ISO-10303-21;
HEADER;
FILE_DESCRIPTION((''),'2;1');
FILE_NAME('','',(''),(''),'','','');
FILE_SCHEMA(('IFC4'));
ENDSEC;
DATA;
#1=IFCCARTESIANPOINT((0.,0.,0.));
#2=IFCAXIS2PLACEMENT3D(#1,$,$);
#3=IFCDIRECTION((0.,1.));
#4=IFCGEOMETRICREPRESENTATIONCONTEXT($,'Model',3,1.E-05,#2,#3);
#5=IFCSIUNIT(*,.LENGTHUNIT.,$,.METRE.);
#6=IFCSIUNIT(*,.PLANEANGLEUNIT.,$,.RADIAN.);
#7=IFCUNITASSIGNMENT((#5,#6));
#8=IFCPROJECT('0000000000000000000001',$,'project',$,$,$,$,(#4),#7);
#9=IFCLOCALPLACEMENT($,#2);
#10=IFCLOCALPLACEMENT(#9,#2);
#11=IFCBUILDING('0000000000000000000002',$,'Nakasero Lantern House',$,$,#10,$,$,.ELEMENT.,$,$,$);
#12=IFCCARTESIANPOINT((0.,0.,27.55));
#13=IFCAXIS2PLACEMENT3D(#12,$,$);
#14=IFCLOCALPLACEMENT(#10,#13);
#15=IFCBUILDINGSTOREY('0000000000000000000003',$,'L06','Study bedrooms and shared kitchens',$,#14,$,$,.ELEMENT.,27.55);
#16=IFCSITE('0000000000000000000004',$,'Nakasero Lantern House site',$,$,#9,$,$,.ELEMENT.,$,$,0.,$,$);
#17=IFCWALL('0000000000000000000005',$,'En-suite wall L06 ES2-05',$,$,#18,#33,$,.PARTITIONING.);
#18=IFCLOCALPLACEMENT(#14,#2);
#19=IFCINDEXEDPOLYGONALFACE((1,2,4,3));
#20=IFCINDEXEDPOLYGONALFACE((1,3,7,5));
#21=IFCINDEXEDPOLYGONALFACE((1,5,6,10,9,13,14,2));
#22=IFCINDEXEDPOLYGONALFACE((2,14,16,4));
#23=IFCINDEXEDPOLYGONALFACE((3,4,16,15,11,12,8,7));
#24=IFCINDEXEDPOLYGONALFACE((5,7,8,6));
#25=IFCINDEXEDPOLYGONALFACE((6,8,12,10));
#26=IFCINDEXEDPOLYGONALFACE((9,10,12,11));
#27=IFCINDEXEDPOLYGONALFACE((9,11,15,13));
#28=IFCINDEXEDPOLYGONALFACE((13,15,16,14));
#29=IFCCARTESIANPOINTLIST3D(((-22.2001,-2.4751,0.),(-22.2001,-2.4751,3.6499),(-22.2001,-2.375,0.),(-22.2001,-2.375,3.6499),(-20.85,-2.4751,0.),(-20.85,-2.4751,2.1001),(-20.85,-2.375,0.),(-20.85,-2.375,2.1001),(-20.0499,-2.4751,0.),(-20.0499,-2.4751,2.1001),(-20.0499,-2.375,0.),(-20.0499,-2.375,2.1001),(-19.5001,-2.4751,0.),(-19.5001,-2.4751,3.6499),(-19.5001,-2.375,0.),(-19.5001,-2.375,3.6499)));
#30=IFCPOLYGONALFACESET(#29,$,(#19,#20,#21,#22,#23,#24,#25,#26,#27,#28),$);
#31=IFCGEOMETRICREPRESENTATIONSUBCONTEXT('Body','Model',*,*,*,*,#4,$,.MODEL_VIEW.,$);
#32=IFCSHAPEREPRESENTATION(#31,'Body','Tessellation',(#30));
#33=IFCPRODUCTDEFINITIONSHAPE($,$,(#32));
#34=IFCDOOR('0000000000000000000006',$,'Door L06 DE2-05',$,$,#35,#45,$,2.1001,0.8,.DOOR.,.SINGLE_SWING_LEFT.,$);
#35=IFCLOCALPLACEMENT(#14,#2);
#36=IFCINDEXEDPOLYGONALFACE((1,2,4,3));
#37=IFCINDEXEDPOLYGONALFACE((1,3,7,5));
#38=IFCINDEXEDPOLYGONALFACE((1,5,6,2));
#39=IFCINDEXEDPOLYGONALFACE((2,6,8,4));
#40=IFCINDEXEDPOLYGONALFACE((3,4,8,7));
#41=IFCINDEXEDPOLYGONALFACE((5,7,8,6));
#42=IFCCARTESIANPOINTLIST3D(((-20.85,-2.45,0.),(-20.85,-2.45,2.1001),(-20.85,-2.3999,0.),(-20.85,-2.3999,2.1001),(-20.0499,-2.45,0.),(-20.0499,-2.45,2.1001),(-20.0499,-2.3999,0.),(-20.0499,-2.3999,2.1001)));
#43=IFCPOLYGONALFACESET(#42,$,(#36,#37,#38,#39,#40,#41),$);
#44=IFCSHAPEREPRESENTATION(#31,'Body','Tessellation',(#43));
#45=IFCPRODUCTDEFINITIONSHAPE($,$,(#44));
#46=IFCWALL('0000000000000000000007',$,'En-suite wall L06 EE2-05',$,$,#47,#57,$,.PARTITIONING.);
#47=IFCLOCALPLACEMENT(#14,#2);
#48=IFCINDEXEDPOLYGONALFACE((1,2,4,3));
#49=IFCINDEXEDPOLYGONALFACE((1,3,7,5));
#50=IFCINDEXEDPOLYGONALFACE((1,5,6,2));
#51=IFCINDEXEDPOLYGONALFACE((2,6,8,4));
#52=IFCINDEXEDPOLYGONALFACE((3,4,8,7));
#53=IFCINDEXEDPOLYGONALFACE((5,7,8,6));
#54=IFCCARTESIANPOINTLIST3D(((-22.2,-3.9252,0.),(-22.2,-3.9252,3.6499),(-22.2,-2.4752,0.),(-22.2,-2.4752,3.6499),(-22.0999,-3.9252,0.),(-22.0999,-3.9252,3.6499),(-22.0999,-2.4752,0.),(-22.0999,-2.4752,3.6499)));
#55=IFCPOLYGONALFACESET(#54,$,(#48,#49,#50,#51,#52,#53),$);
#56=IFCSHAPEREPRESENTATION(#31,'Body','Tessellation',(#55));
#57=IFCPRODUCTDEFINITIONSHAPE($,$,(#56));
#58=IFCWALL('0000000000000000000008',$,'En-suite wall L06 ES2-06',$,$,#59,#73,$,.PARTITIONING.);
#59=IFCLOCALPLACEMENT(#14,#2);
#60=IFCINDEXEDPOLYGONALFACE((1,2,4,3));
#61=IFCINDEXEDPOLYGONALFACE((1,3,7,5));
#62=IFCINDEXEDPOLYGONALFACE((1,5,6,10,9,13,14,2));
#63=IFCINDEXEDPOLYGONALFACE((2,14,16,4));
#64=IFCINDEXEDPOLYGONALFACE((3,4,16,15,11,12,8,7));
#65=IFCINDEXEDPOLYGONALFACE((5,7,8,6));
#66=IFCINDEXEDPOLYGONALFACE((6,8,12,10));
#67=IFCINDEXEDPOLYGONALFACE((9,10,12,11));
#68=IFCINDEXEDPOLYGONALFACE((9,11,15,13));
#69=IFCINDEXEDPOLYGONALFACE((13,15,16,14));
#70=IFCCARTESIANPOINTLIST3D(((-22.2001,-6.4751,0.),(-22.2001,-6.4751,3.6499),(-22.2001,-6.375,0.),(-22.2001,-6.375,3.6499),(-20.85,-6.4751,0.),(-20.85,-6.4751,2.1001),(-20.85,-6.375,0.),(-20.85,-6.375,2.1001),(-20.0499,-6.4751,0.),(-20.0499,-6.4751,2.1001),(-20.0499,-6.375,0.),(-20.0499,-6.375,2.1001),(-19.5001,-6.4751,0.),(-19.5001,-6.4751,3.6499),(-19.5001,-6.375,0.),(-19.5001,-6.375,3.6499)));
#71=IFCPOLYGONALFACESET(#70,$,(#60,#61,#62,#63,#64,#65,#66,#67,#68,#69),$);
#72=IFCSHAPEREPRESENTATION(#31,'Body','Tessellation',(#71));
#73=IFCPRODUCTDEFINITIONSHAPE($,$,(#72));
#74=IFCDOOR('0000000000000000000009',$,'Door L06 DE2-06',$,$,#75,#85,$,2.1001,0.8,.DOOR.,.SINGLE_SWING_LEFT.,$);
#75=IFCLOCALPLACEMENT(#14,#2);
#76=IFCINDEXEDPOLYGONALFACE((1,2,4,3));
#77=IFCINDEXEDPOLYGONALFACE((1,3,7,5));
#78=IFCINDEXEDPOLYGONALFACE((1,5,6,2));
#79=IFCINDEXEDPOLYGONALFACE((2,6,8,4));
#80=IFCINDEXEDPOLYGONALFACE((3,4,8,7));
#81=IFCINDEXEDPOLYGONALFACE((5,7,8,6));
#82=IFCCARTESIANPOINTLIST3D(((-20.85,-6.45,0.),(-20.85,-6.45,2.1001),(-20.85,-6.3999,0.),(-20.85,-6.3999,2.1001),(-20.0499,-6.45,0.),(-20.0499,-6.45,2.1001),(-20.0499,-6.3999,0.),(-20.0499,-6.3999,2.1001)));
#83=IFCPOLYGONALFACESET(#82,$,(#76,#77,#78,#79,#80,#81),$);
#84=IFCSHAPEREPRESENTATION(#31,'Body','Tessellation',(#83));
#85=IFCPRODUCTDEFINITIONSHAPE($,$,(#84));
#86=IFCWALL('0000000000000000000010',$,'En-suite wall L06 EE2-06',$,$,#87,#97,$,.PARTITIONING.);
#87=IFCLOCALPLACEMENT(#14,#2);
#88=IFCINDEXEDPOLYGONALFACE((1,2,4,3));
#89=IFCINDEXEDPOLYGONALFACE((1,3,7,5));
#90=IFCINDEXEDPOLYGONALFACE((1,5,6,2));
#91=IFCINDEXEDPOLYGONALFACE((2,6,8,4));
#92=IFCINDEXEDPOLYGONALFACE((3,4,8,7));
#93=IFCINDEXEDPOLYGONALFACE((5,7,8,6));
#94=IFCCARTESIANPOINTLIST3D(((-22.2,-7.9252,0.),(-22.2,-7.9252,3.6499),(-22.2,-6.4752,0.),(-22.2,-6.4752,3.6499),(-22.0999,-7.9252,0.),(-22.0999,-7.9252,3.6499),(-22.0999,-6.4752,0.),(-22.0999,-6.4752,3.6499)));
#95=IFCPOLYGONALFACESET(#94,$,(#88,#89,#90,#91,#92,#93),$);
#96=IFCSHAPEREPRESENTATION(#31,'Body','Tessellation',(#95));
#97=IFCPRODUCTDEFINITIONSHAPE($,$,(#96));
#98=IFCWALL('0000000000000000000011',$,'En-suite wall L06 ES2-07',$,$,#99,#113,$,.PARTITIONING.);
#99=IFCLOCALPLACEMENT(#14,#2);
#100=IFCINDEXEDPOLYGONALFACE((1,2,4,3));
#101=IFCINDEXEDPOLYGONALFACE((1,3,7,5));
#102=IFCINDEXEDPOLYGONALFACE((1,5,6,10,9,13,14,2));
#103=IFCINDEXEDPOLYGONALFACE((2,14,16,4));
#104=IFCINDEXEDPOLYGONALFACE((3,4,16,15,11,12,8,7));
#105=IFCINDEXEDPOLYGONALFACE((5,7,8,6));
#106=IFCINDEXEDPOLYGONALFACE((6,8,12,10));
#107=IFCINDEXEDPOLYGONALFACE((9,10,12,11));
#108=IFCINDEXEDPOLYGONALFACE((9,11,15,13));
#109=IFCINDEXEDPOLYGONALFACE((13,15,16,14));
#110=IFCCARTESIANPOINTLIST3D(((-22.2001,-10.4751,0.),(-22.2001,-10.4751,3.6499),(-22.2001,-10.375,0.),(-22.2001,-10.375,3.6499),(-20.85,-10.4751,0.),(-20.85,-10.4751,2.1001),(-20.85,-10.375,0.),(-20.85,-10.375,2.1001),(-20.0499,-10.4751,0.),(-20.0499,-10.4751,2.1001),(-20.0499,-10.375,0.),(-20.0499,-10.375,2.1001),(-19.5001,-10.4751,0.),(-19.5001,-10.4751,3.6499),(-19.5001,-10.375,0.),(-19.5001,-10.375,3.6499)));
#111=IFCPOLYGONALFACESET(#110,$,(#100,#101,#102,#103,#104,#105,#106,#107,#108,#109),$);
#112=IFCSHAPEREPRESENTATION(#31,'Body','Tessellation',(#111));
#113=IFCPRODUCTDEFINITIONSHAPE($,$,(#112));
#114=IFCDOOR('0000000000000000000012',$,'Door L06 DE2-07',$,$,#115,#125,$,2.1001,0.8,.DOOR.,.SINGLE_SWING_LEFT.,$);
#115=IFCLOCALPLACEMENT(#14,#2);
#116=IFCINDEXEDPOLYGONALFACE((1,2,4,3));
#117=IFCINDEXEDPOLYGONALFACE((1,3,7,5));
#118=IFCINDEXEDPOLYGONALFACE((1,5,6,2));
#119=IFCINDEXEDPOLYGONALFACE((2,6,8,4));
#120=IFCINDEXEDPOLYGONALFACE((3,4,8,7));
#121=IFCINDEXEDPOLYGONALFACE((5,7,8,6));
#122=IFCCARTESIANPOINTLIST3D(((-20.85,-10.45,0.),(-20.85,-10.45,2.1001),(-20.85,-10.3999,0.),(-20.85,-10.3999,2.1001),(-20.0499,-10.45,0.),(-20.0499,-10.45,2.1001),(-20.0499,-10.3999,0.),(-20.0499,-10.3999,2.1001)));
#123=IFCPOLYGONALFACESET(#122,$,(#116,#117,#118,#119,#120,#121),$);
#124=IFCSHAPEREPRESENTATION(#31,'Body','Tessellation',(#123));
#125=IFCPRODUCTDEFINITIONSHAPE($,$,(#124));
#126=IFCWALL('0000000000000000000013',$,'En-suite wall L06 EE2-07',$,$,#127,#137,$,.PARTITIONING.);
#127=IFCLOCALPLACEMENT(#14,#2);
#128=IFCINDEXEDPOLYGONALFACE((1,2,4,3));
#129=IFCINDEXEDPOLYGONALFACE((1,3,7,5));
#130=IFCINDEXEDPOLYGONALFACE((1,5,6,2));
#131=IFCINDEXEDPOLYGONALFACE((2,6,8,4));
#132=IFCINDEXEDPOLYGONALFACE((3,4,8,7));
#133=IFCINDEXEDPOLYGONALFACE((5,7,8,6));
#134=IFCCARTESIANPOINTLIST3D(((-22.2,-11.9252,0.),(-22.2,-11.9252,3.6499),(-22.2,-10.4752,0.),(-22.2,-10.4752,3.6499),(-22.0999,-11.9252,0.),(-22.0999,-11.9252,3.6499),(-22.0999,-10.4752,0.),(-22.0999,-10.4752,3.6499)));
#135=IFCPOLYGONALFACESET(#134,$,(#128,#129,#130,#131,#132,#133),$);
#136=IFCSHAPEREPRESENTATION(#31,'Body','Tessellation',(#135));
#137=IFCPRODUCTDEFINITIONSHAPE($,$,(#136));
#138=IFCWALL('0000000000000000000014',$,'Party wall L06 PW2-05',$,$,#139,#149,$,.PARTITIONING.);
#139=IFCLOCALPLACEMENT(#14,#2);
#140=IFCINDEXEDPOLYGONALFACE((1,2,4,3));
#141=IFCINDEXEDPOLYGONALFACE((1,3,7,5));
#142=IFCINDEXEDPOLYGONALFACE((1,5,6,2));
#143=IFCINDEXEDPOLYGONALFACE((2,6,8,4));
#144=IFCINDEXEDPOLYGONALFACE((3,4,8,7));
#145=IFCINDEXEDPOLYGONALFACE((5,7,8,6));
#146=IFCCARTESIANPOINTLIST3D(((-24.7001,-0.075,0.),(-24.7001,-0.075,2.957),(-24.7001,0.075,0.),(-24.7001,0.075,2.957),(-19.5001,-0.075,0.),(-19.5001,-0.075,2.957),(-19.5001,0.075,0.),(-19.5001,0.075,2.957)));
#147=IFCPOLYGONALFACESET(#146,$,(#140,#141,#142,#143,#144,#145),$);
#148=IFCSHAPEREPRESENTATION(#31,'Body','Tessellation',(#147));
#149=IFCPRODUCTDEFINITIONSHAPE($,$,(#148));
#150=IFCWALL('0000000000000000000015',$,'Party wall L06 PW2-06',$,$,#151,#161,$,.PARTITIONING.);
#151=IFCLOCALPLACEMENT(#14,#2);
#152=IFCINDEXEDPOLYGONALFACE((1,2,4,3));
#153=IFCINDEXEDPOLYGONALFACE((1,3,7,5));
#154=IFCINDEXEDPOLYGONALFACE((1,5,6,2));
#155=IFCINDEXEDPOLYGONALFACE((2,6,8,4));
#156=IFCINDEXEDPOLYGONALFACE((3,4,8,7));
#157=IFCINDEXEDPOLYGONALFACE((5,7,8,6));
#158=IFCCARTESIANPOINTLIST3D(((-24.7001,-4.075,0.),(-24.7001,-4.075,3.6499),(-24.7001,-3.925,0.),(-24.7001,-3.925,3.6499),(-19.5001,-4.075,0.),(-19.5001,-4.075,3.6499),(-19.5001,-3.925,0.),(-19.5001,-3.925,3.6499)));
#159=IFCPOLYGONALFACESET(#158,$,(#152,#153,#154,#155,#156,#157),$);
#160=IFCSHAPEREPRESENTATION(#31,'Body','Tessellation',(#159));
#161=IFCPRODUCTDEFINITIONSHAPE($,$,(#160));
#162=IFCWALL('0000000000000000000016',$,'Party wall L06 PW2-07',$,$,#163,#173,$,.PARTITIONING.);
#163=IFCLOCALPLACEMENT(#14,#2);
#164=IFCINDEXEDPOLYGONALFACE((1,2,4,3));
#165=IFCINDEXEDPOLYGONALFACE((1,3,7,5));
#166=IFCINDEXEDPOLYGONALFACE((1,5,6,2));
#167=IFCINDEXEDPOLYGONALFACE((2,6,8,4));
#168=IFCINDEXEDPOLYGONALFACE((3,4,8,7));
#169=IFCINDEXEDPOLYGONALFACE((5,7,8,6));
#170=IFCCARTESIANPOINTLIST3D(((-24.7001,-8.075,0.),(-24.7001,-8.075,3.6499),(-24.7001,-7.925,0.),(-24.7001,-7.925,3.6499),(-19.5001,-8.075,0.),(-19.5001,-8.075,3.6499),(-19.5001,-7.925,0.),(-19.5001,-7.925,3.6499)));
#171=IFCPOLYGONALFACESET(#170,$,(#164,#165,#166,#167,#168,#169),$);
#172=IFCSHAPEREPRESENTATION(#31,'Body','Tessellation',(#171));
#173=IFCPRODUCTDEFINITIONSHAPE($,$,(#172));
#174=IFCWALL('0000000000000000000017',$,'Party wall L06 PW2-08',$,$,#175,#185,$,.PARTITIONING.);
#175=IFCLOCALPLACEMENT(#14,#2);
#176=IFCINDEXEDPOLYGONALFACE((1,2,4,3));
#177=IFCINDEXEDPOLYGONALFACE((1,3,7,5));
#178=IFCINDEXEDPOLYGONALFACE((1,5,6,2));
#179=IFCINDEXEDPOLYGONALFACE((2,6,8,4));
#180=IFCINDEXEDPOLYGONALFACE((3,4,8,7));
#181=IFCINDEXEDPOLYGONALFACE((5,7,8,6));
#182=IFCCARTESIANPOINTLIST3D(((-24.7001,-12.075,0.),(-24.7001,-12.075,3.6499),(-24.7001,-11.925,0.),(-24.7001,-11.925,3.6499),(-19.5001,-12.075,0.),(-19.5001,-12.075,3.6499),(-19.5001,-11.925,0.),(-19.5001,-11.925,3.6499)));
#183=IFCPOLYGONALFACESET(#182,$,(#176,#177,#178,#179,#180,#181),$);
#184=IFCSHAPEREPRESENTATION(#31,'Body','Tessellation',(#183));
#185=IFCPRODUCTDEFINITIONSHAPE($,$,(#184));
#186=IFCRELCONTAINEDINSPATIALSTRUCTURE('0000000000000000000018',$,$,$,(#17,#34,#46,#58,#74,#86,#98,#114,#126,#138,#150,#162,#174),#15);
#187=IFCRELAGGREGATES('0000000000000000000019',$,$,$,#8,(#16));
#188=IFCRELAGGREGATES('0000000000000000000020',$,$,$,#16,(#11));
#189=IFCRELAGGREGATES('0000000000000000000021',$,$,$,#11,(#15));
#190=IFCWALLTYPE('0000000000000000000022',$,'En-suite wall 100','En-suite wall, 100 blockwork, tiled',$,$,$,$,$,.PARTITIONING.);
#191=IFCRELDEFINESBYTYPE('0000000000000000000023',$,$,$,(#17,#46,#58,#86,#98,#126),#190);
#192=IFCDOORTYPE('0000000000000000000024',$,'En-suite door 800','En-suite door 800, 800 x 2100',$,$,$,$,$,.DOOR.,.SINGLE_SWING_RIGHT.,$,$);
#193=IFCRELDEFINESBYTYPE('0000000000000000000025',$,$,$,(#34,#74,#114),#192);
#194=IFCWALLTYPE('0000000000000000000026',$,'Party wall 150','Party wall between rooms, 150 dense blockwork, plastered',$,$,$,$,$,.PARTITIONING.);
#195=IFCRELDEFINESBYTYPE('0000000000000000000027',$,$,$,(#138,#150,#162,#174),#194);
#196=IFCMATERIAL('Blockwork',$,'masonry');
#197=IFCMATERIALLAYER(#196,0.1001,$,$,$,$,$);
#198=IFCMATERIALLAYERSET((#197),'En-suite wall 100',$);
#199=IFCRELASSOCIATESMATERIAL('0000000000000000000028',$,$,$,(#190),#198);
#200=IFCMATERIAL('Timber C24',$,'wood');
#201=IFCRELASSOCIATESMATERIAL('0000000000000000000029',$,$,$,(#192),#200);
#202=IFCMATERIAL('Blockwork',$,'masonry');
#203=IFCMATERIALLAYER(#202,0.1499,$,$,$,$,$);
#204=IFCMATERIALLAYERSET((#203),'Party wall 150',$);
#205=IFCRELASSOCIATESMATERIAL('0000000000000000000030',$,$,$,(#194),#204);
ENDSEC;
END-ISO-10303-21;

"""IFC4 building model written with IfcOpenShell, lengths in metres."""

from ifc_helpers import new_model, si_unit, direction, frame, frame_2d, origin, place, context, subcontext, project, spatial, rectangle, extrude, material, layer, layer_set, type_object, element, fill, save


model = new_model("IFC4")

# Units and contexts
model_context = context("Model", 3, precision=1e-05, world=origin(), true_north=direction((0.0, 1.0)))
body_context = subcontext(model_context, "Body", "Model", "MODEL_VIEW")
ifc_project = project(units=[si_unit("LENGTHUNIT", "METRE"), si_unit("PLANEANGLEUNIT", "RADIAN")], contexts=[model_context])

# Site, building, storey
site_placement = place(None, origin())
site = spatial("IfcSite", under=ifc_project, at=site_placement, Name="Nakasero Lantern House site", CompositionType="ELEMENT", RefElevation=0.0)
building_placement = place(site_placement, origin())
building = spatial("IfcBuilding", under=site, at=building_placement, Name="Nakasero Lantern House", CompositionType="ELEMENT")
storey_placement = place(building_placement, frame((0.0, 0.0, 27.55)))
storey = spatial("IfcBuildingStorey", under=building, at=storey_placement, Name="L06", Description="Study bedrooms and shared kitchens", CompositionType="ELEMENT", Elevation=27.55)

# Wall, opening, door
ifc_material_1 = material(Name="Blockwork", Category="masonry")
ifc_layer_1 = layer(ifc_material_1, 0.1001)
ifc_layer_set_1 = layer_set([ifc_layer_1], Name="En-suite wall 100")
wall_type_1 = type_object("IfcWallType", Name="En-suite wall 100", Description="En-suite wall, 100 blockwork, tiled", PredefinedType="PARTITIONING", material=ifc_layer_set_1)
wall_1_placement = place(storey_placement, frame((-19.5, -2.425, 0.0), z_axis=(0.0, 0.0, 1.0), x_axis=(-1.0, 0.0, 0.0)))
wall_1 = element("IfcWall", 1, at=wall_1_placement, inside=storey, type_object=wall_type_1, Name="En-suite wall L06 ES2-05", PredefinedType="PARTITIONING", context=body_context, shape_type="SweptSolid", body=[
    extrude(rectangle(XDim=2.7, YDim=0.1001, at=frame_2d((1.3501, 0.0))), origin(), (0.0, 0.0, 1.0), 3.6499),
])
opening_1_placement = place(wall_1_placement, frame((0.55, 0.0, 0.0)))
opening_1 = element("IfcOpeningElement", 2, at=opening_1_placement, cuts=wall_1, PredefinedType="OPENING", context=body_context, shape_type="SweptSolid", body=[
    extrude(rectangle(XDim=0.8, YDim=2.1001, at=frame_2d((0.3999, 1.05))), frame((0.0, 0.0701, 0.0), z_axis=(0.0, -1.0, 0.0), x_axis=(1.0, 0.0, 0.0)), (0.0, 0.0, 1.0), 0.1401),
])
ifc_material_2 = material(Name="Timber C24", Category="wood")
door_type = type_object("IfcDoorType", Name="En-suite door 800", Description="En-suite door 800, 800 x 2100", OperationType="SINGLE_SWING_RIGHT", PredefinedType="DOOR", material=ifc_material_2)
door_1_placement = place(opening_1_placement, origin())
door_1 = element("IfcDoor", 3, at=door_1_placement, inside=storey, type_object=door_type, Name="Door L06 DE2-05", OperationType="SINGLE_SWING_LEFT", OverallHeight=2.1001, OverallWidth=0.8, PredefinedType="DOOR", context=body_context, shape_type="SweptSolid", body=[
    extrude(rectangle(XDim=0.8, YDim=2.1001, at=frame_2d((0.3999, 1.05))), frame((0.0, 0.0249, 0.0), z_axis=(0.0, -1.0, 0.0), x_axis=(1.0, 0.0, 0.0)), (0.0, 0.0, 1.0), 0.05),
])
fill(opening_1, door_1)

# Wall
wall_2_placement = place(storey_placement, frame((-22.1499, -2.4751, 0.0), z_axis=(0.0, 0.0, 1.0), x_axis=(0.0, -1.0, 0.0)))
element("IfcWall", 4, at=wall_2_placement, inside=storey, type_object=wall_type_1, Name="En-suite wall L06 EE2-05", PredefinedType="PARTITIONING", context=body_context, shape_type="SweptSolid", body=[
    extrude(rectangle(XDim=1.45, YDim=0.1001, at=frame_2d((0.7251, 0.0))), origin(), (0.0, 0.0, 1.0), 3.6499),
])

# Wall, opening, door
wall_3_placement = place(storey_placement, frame((-19.5, -6.425, 0.0), z_axis=(0.0, 0.0, 1.0), x_axis=(-1.0, 0.0, 0.0)))
wall_3 = element("IfcWall", 5, at=wall_3_placement, inside=storey, type_object=wall_type_1, Name="En-suite wall L06 ES2-06", PredefinedType="PARTITIONING", context=body_context, shape_type="SweptSolid", body=[
    extrude(rectangle(XDim=2.7, YDim=0.1001, at=frame_2d((1.3501, 0.0))), origin(), (0.0, 0.0, 1.0), 3.6499),
])
opening_2_placement = place(wall_3_placement, frame((0.55, 0.0, 0.0)))
opening_2 = element("IfcOpeningElement", 6, at=opening_2_placement, cuts=wall_3, PredefinedType="OPENING", context=body_context, shape_type="SweptSolid", body=[
    extrude(rectangle(XDim=0.8, YDim=2.1001, at=frame_2d((0.3999, 1.05))), frame((0.0, 0.0701, 0.0), z_axis=(0.0, -1.0, 0.0), x_axis=(1.0, 0.0, 0.0)), (0.0, 0.0, 1.0), 0.1401),
])
door_2_placement = place(opening_2_placement, origin())
door_2 = element("IfcDoor", 7, at=door_2_placement, inside=storey, type_object=door_type, Name="Door L06 DE2-06", OperationType="SINGLE_SWING_LEFT", OverallHeight=2.1001, OverallWidth=0.8, PredefinedType="DOOR", context=body_context, shape_type="SweptSolid", body=[
    extrude(rectangle(XDim=0.8, YDim=2.1001, at=frame_2d((0.3999, 1.05))), frame((0.0, 0.0249, 0.0), z_axis=(0.0, -1.0, 0.0), x_axis=(1.0, 0.0, 0.0)), (0.0, 0.0, 1.0), 0.05),
])
fill(opening_2, door_2)

# Wall
wall_4_placement = place(storey_placement, frame((-22.1499, -6.4751, 0.0), z_axis=(0.0, 0.0, 1.0), x_axis=(0.0, -1.0, 0.0)))
element("IfcWall", 8, at=wall_4_placement, inside=storey, type_object=wall_type_1, Name="En-suite wall L06 EE2-06", PredefinedType="PARTITIONING", context=body_context, shape_type="SweptSolid", body=[
    extrude(rectangle(XDim=1.45, YDim=0.1001, at=frame_2d((0.7251, 0.0))), origin(), (0.0, 0.0, 1.0), 3.6499),
])

# Wall, opening, door
wall_5_placement = place(storey_placement, frame((-19.5, -10.425, 0.0), z_axis=(0.0, 0.0, 1.0), x_axis=(-1.0, 0.0, 0.0)))
wall_5 = element("IfcWall", 9, at=wall_5_placement, inside=storey, type_object=wall_type_1, Name="En-suite wall L06 ES2-07", PredefinedType="PARTITIONING", context=body_context, shape_type="SweptSolid", body=[
    extrude(rectangle(XDim=2.7, YDim=0.1001, at=frame_2d((1.3501, 0.0))), origin(), (0.0, 0.0, 1.0), 3.6499),
])
opening_3_placement = place(wall_5_placement, frame((0.55, 0.0, 0.0)))
opening_3 = element("IfcOpeningElement", 10, at=opening_3_placement, cuts=wall_5, PredefinedType="OPENING", context=body_context, shape_type="SweptSolid", body=[
    extrude(rectangle(XDim=0.8, YDim=2.1001, at=frame_2d((0.3999, 1.05))), frame((0.0, 0.0701, 0.0), z_axis=(0.0, -1.0, 0.0), x_axis=(1.0, 0.0, 0.0)), (0.0, 0.0, 1.0), 0.1401),
])
door_3_placement = place(opening_3_placement, origin())
door_3 = element("IfcDoor", 11, at=door_3_placement, inside=storey, type_object=door_type, Name="Door L06 DE2-07", OperationType="SINGLE_SWING_LEFT", OverallHeight=2.1001, OverallWidth=0.8, PredefinedType="DOOR", context=body_context, shape_type="SweptSolid", body=[
    extrude(rectangle(XDim=0.8, YDim=2.1001, at=frame_2d((0.3999, 1.05))), frame((0.0, 0.0249, 0.0), z_axis=(0.0, -1.0, 0.0), x_axis=(1.0, 0.0, 0.0)), (0.0, 0.0, 1.0), 0.05),
])
fill(opening_3, door_3)

# Walls
wall_6_placement = place(storey_placement, frame((-22.1499, -10.4751, 0.0), z_axis=(0.0, 0.0, 1.0), x_axis=(0.0, -1.0, 0.0)))
element("IfcWall", 12, at=wall_6_placement, inside=storey, type_object=wall_type_1, Name="En-suite wall L06 EE2-07", PredefinedType="PARTITIONING", context=body_context, shape_type="SweptSolid", body=[
    extrude(rectangle(XDim=1.45, YDim=0.1001, at=frame_2d((0.7251, 0.0))), origin(), (0.0, 0.0, 1.0), 3.6499),
])
ifc_material_3 = material(Name="Blockwork", Category="masonry")
ifc_layer_2 = layer(ifc_material_3, 0.1499)
ifc_layer_set_2 = layer_set([ifc_layer_2], Name="Party wall 150")
wall_type_2 = type_object("IfcWallType", Name="Party wall 150", Description="Party wall between rooms, 150 dense blockwork, plastered", PredefinedType="PARTITIONING", material=ifc_layer_set_2)
wall_7_placement = place(storey_placement, frame((-19.5, 0.0, 0.0), z_axis=(0.0, 0.0, 1.0), x_axis=(-1.0, 0.0, 0.0)))
element("IfcWall", 13, at=wall_7_placement, inside=storey, type_object=wall_type_2, Name="Party wall L06 PW2-05", PredefinedType="PARTITIONING", context=body_context, shape_type="SweptSolid", body=[
    extrude(rectangle(XDim=5.2, YDim=0.1499, at=frame_2d((2.6001, 0.0))), origin(), (0.0, 0.0, 1.0), 2.957),
])
for number, where, z_axis, x_axis, name in (
    (14, (-19.5, -4.0, 0.0), (0.0, 0.0, 1.0), (-1.0, 0.0, 0.0), "Party wall L06 PW2-06"),
    (15, (-19.5, -8.0, 0.0), (0.0, 0.0, 1.0), (-1.0, 0.0, 0.0), "Party wall L06 PW2-07"),
    (16, (-19.5, -12.0, 0.0), (0.0, 0.0, 1.0), (-1.0, 0.0, 0.0), "Party wall L06 PW2-08"),
):
    element("IfcWall", number, at=place(storey_placement, frame(where, z_axis=z_axis, x_axis=x_axis)), inside=storey, type_object=wall_type_2, Name=name, PredefinedType="PARTITIONING", context=body_context, shape_type="SweptSolid", body=[
        extrude(rectangle(XDim=5.2, YDim=0.1499, at=frame_2d((2.6001, 0.0))), origin(), (0.0, 0.0, 1.0), 3.6499),
    ])

save(model, "model.ifc")
